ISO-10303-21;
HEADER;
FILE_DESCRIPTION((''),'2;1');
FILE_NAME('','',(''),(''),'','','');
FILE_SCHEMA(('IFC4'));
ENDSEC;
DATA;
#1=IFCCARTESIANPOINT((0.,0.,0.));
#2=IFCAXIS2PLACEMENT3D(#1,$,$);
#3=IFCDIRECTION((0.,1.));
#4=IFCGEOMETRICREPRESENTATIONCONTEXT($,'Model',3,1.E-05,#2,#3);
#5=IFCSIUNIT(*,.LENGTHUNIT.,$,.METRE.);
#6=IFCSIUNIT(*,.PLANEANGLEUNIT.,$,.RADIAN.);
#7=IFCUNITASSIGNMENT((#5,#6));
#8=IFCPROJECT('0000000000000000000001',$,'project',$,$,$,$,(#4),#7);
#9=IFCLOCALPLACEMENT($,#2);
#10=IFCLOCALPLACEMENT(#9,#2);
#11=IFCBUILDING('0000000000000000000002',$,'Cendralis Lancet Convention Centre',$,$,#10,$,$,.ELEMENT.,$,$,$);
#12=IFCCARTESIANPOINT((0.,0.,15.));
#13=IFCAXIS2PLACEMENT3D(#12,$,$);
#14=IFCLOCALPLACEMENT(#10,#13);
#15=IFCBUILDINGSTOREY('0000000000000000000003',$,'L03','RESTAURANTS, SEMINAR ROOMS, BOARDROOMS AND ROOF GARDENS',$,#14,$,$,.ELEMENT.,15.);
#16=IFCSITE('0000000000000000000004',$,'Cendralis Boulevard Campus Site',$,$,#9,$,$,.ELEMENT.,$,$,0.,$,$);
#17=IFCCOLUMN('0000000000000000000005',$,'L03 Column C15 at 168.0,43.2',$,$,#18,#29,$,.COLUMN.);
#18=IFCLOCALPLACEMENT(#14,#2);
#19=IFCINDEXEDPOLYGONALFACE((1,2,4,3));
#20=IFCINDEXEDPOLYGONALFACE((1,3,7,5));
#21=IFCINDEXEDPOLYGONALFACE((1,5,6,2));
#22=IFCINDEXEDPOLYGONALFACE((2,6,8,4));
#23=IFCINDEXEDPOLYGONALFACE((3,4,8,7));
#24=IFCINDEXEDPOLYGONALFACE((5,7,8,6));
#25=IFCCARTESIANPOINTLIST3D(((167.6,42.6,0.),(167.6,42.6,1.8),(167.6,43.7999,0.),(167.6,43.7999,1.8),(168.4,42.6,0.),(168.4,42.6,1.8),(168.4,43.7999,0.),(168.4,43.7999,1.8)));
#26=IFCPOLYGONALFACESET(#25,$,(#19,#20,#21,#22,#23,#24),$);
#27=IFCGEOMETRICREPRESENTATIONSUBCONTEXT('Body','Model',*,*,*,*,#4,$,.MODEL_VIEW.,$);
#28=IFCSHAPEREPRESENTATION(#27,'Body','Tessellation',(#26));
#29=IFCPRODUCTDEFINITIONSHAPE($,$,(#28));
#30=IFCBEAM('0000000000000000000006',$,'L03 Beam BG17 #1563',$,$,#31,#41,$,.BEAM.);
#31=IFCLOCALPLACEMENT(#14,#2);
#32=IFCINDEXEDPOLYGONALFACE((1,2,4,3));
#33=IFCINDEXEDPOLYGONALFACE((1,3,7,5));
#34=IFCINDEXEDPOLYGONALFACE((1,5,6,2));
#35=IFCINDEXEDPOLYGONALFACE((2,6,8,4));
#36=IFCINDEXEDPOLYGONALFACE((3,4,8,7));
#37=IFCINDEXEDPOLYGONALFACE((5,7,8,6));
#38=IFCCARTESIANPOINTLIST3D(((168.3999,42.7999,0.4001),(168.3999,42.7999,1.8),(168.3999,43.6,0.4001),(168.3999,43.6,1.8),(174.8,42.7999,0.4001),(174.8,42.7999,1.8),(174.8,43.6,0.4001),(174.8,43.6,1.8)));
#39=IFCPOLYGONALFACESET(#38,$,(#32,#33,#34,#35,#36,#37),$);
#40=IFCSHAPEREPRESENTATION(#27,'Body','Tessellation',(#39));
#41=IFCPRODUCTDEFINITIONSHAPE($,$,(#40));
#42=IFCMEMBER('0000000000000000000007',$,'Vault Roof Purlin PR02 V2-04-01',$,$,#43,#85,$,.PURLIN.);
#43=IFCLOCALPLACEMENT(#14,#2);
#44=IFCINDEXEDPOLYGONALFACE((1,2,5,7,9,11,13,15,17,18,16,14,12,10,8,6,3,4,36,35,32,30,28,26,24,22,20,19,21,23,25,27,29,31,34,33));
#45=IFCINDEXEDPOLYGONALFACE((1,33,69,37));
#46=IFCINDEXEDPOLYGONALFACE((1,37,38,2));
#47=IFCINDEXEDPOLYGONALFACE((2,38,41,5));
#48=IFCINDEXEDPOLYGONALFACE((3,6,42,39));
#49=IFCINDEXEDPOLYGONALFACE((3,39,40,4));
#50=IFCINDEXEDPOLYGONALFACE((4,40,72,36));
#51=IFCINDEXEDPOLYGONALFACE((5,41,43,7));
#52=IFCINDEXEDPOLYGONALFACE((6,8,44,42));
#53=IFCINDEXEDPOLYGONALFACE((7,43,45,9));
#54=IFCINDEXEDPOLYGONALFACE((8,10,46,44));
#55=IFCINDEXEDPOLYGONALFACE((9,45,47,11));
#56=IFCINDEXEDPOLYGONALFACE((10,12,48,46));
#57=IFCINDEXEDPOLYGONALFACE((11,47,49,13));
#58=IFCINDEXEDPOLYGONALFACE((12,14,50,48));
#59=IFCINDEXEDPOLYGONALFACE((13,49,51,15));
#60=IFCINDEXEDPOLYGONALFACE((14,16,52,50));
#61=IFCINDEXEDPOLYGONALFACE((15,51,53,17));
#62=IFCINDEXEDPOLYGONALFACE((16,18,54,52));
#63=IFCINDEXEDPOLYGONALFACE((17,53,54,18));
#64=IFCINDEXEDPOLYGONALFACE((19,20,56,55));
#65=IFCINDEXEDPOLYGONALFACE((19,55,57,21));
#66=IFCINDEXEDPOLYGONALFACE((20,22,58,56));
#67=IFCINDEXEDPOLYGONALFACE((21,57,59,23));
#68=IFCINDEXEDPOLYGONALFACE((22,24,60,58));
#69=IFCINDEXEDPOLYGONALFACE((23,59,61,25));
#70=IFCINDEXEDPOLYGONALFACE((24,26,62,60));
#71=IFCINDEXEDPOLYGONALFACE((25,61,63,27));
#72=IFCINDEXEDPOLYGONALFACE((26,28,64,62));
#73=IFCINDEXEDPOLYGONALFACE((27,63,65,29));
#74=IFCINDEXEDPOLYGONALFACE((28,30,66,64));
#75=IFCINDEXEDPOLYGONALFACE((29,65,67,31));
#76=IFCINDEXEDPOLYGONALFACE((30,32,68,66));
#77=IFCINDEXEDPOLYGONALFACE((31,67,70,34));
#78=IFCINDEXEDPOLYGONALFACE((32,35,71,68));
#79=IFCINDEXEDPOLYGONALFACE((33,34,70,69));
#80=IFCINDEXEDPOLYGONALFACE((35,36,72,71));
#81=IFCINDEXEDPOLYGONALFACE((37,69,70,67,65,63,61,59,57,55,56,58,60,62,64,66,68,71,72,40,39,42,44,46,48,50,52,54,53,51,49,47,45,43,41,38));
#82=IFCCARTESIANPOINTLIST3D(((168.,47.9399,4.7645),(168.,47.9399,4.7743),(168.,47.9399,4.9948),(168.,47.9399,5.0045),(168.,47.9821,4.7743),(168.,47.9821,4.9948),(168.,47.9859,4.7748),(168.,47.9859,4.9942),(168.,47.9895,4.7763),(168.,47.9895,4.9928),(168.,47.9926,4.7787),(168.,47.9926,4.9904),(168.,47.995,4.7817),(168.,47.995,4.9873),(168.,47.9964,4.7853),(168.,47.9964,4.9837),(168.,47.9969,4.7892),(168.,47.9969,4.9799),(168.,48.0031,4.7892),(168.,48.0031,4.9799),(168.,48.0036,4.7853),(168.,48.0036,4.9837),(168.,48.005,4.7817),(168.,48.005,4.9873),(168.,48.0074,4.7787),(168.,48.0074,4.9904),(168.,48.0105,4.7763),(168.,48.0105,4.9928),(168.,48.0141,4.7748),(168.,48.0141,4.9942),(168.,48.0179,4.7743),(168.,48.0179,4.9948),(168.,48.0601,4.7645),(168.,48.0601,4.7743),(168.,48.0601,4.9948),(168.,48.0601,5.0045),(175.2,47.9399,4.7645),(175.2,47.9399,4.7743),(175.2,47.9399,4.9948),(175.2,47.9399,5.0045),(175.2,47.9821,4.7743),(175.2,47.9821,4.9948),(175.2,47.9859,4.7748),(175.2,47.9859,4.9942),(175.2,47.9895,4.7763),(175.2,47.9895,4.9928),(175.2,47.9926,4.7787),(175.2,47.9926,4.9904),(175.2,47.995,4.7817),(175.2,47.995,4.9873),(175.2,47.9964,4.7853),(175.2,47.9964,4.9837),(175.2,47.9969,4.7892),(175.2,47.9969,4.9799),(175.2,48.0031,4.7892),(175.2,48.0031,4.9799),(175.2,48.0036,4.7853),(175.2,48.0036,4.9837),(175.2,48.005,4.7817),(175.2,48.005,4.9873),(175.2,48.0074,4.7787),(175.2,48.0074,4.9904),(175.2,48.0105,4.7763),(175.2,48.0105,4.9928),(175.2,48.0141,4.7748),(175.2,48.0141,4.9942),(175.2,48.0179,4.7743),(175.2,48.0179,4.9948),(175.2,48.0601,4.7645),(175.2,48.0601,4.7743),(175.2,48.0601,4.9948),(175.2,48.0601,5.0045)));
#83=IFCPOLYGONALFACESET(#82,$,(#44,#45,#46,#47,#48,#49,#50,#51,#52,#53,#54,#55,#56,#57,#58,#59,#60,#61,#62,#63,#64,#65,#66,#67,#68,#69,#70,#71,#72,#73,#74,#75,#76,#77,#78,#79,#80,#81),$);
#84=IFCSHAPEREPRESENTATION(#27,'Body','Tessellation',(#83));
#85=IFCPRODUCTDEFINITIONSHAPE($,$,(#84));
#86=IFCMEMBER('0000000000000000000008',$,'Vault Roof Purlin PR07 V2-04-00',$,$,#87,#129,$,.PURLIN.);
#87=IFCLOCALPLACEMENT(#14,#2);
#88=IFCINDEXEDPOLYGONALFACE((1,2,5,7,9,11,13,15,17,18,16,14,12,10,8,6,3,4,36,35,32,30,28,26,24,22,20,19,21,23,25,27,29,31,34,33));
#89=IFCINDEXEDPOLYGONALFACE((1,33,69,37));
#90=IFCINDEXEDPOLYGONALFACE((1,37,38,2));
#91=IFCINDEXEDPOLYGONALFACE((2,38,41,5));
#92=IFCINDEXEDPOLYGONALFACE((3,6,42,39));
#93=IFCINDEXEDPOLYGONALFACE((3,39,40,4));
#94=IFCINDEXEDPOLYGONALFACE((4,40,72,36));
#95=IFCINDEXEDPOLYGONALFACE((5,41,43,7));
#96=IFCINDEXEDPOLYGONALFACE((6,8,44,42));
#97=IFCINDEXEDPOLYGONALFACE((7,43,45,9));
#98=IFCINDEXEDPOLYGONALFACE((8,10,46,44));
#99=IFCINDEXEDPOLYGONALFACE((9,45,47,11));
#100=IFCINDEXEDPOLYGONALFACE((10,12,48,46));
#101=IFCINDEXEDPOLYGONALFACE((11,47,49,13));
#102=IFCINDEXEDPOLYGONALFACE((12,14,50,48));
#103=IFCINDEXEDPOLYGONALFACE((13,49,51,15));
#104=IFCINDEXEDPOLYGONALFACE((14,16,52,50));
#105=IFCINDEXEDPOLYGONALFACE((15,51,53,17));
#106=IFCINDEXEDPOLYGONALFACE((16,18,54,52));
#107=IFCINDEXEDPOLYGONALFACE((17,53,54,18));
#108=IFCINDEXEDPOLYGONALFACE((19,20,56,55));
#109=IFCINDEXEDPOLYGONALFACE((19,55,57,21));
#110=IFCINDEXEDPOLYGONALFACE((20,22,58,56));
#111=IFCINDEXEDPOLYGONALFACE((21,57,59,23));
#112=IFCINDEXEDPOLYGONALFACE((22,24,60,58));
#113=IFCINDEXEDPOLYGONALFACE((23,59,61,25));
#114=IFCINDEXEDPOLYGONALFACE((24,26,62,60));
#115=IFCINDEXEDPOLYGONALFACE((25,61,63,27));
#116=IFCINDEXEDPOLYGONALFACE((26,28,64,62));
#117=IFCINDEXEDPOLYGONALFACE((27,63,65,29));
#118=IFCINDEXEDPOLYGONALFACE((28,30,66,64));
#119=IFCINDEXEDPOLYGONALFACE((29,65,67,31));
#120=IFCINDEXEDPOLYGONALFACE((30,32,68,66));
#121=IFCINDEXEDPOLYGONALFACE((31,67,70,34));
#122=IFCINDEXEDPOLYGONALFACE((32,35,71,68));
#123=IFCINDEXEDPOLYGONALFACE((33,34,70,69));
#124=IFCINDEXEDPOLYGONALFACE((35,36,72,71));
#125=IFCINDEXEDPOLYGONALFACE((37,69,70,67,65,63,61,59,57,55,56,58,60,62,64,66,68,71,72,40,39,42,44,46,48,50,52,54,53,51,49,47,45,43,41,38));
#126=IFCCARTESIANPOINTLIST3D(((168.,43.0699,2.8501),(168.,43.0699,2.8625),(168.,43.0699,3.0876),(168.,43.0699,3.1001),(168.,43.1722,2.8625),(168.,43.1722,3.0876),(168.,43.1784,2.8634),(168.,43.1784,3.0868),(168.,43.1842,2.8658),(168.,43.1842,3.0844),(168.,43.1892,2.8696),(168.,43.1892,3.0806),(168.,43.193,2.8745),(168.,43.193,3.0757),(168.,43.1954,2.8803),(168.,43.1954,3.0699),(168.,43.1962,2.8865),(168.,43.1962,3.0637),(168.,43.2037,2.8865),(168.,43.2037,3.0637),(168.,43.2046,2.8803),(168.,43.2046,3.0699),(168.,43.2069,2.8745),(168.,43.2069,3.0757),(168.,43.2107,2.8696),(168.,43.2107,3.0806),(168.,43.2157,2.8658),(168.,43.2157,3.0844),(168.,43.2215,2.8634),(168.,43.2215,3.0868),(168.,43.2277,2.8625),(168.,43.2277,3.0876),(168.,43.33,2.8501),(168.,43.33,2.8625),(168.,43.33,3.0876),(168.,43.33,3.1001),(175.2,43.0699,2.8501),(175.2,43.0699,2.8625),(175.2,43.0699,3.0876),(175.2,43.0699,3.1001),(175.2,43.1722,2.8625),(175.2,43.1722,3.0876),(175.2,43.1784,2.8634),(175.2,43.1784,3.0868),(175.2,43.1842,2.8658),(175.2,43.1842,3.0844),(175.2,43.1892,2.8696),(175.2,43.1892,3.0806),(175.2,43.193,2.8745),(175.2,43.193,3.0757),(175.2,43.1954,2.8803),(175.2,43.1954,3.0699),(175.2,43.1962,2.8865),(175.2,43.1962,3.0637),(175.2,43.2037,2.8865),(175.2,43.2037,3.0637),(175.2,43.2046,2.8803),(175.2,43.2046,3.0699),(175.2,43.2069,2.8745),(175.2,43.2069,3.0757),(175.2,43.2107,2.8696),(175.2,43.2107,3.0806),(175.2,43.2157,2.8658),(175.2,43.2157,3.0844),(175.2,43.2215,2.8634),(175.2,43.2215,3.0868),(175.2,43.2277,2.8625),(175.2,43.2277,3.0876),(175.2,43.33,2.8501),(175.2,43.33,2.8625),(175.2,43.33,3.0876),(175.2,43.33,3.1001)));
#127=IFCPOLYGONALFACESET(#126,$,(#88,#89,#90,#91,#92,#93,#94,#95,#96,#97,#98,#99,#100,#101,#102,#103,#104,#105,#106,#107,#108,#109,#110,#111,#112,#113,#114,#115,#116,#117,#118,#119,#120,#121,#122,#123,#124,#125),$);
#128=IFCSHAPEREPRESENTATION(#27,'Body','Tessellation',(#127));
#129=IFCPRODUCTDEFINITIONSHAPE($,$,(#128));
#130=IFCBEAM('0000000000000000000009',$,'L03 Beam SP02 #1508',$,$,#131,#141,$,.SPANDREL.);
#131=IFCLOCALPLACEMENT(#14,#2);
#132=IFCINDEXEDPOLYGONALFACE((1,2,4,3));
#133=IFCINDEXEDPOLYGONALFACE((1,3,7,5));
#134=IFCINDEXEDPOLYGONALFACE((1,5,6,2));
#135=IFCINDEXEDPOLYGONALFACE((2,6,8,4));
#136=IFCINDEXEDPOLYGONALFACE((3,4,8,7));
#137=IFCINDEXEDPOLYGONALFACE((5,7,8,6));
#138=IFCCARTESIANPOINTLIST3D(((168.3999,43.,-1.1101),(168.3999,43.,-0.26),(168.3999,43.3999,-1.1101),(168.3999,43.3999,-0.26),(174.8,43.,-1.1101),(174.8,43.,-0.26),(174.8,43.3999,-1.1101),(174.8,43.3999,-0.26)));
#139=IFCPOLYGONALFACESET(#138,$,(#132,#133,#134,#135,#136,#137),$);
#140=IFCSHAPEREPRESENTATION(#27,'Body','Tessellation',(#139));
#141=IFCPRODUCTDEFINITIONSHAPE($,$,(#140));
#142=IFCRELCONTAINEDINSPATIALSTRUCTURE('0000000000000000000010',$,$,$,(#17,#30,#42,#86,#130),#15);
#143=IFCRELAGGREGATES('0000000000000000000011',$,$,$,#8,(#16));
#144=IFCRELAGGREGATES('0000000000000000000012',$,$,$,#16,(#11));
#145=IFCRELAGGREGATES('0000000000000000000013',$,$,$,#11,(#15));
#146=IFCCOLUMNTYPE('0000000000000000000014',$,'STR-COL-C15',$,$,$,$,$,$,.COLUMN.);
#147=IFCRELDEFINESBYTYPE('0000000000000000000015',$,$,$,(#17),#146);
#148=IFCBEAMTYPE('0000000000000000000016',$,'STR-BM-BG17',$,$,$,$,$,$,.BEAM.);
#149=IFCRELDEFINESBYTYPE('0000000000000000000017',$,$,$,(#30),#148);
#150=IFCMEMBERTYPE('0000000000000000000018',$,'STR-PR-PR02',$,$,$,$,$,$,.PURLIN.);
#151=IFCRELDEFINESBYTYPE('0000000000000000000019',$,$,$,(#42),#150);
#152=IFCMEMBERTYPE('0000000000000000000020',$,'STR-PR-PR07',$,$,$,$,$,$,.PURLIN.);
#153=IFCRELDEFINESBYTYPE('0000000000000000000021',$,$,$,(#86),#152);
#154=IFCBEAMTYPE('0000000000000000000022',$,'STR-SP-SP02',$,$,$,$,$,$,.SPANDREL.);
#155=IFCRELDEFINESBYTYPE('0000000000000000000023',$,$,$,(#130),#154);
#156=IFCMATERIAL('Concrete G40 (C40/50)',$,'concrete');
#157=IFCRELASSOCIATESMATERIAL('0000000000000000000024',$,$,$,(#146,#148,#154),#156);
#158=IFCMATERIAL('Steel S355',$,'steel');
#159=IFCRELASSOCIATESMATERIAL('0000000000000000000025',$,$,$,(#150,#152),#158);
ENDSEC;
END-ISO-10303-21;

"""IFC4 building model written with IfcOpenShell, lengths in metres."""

from ifc_helpers import new_model, si_unit, direction, frame, origin, origin_2d, place, context, subcontext, project, spatial, rectangle, i_section, extrude, material, material_profile, profile_set, type_object, element, save


model = new_model("IFC4")

# Units and contexts
model_context = context("Model", 3, precision=1e-05, world=origin(), true_north=direction((0.0, 1.0)))
body_context = subcontext(model_context, "Body", "Model", "MODEL_VIEW")
ifc_project = project(units=[si_unit("LENGTHUNIT", "METRE"), si_unit("PLANEANGLEUNIT", "RADIAN")], contexts=[model_context])

# Site, building, storey
site_placement = place(None, origin())
site = spatial("IfcSite", under=ifc_project, at=site_placement, Name="Cendralis Boulevard Campus Site", CompositionType="ELEMENT", RefElevation=0.0)
building_placement = place(site_placement, origin())
building = spatial("IfcBuilding", under=site, at=building_placement, Name="Cendralis Lancet Convention Centre", CompositionType="ELEMENT")
storey_placement = place(building_placement, frame((0.0, 0.0, 15.0)))
storey = spatial("IfcBuildingStorey", under=building, at=storey_placement, Name="L03", Description="RESTAURANTS, SEMINAR ROOMS, BOARDROOMS AND ROOF GARDENS", CompositionType="ELEMENT", Elevation=15.0)

# Column
ifc_material_1 = material(Name="Concrete G40 (C40/50)", Category="concrete")
ifc_material_profile_1 = material_profile(ifc_material_1, rectangle(XDim=0.8, YDim=1.2, at=origin_2d()), Name="RC 800x1200")
ifc_profile_set_1 = profile_set([ifc_material_profile_1], Name="Concrete G40 (C40/50)")
column_type = type_object("IfcColumnType", Name="STR-COL-C15", PredefinedType="COLUMN", material=ifc_profile_set_1)
column_placement = place(storey_placement, frame((168.0, 43.2, 0.0), z_axis=(0.0, 0.0, 1.0), x_axis=(1.0, 0.0, 0.0)))
element("IfcColumn", 1, at=column_placement, inside=storey, type_object=column_type, Name="L03 Column C15 at 168.0,43.2", PredefinedType="COLUMN", context=body_context, shape_type="SweptSolid", body=[
    extrude(rectangle(XDim=0.8, YDim=1.2, at=origin_2d()), origin(), (0.0, 0.0, 1.0), 1.8),
])

# Beam
ifc_material_profile_2 = material_profile(ifc_material_1, rectangle(XDim=0.8, YDim=1.3999, at=origin_2d()), Name="RCB 800x1400")
ifc_profile_set_2 = profile_set([ifc_material_profile_2], Name="Concrete G40 (C40/50)")
beam_type_1 = type_object("IfcBeamType", Name="STR-BM-BG17", PredefinedType="BEAM", material=ifc_profile_set_2)
beam_1_placement = place(storey_placement, frame((168.3999, 43.2, 1.1001), z_axis=(1.0, 0.0, 0.0), x_axis=(0.0, 1.0, 0.0)))
element("IfcBeam", 2, at=beam_1_placement, inside=storey, type_object=beam_type_1, Name="L03 Beam BG17 #1563", PredefinedType="BEAM", context=body_context, shape_type="SweptSolid", body=[
    extrude(rectangle(XDim=0.8, YDim=1.3999, at=origin_2d()), origin(), (0.0, 0.0, 1.0), 6.4001),
])

# Members
ifc_material_2 = material(Name="Steel S355", Category="steel")
ifc_material_profile_3 = material_profile(ifc_material_2, i_section(OverallWidth=0.1201, OverallDepth=0.24, WebThickness=0.0061, FlangeThickness=0.0098, FilletRadius=0.0149, at=origin_2d()), Name="IPE 240")
ifc_profile_set_3 = profile_set([ifc_material_profile_3], Name="Steel S355")
member_type_1 = type_object("IfcMemberType", Name="STR-PR-PR02", PredefinedType="PURLIN", material=ifc_profile_set_3)
member_1_placement = place(storey_placement, frame((168.0, 48.0, 4.8845), z_axis=(1.0, 0.0, 0.0), x_axis=(0.0, 1.0, 0.0)))
element("IfcMember", 3, at=member_1_placement, inside=storey, type_object=member_type_1, Name="Vault Roof Purlin PR02 V2-04-01", PredefinedType="PURLIN", context=body_context, shape_type="SweptSolid", body=[
    extrude(i_section(OverallWidth=0.1201, OverallDepth=0.24, WebThickness=0.0061, FlangeThickness=0.0098, FilletRadius=0.0149, at=origin_2d()), origin(), (0.0, 0.0, 1.0), 7.2),
])
ifc_material_profile_4 = material_profile(ifc_material_2, i_section(OverallWidth=0.26, OverallDepth=0.25, WebThickness=0.0076, FlangeThickness=0.0125, FilletRadius=0.0239, at=origin_2d()), Name="HEA 260")
ifc_profile_set_4 = profile_set([ifc_material_profile_4], Name="Steel S355")
member_type_2 = type_object("IfcMemberType", Name="STR-PR-PR07", PredefinedType="PURLIN", material=ifc_profile_set_4)
member_2_placement = place(storey_placement, frame((168.0, 43.2, 2.9751), z_axis=(1.0, 0.0, 0.0), x_axis=(0.0, 1.0, 0.0)))
element("IfcMember", 4, at=member_2_placement, inside=storey, type_object=member_type_2, Name="Vault Roof Purlin PR07 V2-04-00", PredefinedType="PURLIN", context=body_context, shape_type="SweptSolid", body=[
    extrude(i_section(OverallWidth=0.26, OverallDepth=0.25, WebThickness=0.0076, FlangeThickness=0.0125, FilletRadius=0.0239, at=origin_2d()), origin(), (0.0, 0.0, 1.0), 7.2),
])

# Beam
ifc_material_profile_5 = material_profile(ifc_material_1, rectangle(XDim=0.3999, YDim=0.8501, at=origin_2d()), Name="RCB 400x850")
ifc_profile_set_5 = profile_set([ifc_material_profile_5], Name="Concrete G40 (C40/50)")
beam_type_2 = type_object("IfcBeamType", Name="STR-SP-SP02", PredefinedType="SPANDREL", material=ifc_profile_set_5)
beam_2_placement = place(storey_placement, frame((168.3999, 43.2, -0.6851), z_axis=(1.0, 0.0, 0.0), x_axis=(0.0, 1.0, 0.0)))
element("IfcBeam", 5, at=beam_2_placement, inside=storey, type_object=beam_type_2, Name="L03 Beam SP02 #1508", PredefinedType="SPANDREL", context=body_context, shape_type="SweptSolid", body=[
    extrude(rectangle(XDim=0.3999, YDim=0.8501, at=origin_2d()), origin(), (0.0, 0.0, 1.0), 6.4001),
])

save(model, "model.ifc")
